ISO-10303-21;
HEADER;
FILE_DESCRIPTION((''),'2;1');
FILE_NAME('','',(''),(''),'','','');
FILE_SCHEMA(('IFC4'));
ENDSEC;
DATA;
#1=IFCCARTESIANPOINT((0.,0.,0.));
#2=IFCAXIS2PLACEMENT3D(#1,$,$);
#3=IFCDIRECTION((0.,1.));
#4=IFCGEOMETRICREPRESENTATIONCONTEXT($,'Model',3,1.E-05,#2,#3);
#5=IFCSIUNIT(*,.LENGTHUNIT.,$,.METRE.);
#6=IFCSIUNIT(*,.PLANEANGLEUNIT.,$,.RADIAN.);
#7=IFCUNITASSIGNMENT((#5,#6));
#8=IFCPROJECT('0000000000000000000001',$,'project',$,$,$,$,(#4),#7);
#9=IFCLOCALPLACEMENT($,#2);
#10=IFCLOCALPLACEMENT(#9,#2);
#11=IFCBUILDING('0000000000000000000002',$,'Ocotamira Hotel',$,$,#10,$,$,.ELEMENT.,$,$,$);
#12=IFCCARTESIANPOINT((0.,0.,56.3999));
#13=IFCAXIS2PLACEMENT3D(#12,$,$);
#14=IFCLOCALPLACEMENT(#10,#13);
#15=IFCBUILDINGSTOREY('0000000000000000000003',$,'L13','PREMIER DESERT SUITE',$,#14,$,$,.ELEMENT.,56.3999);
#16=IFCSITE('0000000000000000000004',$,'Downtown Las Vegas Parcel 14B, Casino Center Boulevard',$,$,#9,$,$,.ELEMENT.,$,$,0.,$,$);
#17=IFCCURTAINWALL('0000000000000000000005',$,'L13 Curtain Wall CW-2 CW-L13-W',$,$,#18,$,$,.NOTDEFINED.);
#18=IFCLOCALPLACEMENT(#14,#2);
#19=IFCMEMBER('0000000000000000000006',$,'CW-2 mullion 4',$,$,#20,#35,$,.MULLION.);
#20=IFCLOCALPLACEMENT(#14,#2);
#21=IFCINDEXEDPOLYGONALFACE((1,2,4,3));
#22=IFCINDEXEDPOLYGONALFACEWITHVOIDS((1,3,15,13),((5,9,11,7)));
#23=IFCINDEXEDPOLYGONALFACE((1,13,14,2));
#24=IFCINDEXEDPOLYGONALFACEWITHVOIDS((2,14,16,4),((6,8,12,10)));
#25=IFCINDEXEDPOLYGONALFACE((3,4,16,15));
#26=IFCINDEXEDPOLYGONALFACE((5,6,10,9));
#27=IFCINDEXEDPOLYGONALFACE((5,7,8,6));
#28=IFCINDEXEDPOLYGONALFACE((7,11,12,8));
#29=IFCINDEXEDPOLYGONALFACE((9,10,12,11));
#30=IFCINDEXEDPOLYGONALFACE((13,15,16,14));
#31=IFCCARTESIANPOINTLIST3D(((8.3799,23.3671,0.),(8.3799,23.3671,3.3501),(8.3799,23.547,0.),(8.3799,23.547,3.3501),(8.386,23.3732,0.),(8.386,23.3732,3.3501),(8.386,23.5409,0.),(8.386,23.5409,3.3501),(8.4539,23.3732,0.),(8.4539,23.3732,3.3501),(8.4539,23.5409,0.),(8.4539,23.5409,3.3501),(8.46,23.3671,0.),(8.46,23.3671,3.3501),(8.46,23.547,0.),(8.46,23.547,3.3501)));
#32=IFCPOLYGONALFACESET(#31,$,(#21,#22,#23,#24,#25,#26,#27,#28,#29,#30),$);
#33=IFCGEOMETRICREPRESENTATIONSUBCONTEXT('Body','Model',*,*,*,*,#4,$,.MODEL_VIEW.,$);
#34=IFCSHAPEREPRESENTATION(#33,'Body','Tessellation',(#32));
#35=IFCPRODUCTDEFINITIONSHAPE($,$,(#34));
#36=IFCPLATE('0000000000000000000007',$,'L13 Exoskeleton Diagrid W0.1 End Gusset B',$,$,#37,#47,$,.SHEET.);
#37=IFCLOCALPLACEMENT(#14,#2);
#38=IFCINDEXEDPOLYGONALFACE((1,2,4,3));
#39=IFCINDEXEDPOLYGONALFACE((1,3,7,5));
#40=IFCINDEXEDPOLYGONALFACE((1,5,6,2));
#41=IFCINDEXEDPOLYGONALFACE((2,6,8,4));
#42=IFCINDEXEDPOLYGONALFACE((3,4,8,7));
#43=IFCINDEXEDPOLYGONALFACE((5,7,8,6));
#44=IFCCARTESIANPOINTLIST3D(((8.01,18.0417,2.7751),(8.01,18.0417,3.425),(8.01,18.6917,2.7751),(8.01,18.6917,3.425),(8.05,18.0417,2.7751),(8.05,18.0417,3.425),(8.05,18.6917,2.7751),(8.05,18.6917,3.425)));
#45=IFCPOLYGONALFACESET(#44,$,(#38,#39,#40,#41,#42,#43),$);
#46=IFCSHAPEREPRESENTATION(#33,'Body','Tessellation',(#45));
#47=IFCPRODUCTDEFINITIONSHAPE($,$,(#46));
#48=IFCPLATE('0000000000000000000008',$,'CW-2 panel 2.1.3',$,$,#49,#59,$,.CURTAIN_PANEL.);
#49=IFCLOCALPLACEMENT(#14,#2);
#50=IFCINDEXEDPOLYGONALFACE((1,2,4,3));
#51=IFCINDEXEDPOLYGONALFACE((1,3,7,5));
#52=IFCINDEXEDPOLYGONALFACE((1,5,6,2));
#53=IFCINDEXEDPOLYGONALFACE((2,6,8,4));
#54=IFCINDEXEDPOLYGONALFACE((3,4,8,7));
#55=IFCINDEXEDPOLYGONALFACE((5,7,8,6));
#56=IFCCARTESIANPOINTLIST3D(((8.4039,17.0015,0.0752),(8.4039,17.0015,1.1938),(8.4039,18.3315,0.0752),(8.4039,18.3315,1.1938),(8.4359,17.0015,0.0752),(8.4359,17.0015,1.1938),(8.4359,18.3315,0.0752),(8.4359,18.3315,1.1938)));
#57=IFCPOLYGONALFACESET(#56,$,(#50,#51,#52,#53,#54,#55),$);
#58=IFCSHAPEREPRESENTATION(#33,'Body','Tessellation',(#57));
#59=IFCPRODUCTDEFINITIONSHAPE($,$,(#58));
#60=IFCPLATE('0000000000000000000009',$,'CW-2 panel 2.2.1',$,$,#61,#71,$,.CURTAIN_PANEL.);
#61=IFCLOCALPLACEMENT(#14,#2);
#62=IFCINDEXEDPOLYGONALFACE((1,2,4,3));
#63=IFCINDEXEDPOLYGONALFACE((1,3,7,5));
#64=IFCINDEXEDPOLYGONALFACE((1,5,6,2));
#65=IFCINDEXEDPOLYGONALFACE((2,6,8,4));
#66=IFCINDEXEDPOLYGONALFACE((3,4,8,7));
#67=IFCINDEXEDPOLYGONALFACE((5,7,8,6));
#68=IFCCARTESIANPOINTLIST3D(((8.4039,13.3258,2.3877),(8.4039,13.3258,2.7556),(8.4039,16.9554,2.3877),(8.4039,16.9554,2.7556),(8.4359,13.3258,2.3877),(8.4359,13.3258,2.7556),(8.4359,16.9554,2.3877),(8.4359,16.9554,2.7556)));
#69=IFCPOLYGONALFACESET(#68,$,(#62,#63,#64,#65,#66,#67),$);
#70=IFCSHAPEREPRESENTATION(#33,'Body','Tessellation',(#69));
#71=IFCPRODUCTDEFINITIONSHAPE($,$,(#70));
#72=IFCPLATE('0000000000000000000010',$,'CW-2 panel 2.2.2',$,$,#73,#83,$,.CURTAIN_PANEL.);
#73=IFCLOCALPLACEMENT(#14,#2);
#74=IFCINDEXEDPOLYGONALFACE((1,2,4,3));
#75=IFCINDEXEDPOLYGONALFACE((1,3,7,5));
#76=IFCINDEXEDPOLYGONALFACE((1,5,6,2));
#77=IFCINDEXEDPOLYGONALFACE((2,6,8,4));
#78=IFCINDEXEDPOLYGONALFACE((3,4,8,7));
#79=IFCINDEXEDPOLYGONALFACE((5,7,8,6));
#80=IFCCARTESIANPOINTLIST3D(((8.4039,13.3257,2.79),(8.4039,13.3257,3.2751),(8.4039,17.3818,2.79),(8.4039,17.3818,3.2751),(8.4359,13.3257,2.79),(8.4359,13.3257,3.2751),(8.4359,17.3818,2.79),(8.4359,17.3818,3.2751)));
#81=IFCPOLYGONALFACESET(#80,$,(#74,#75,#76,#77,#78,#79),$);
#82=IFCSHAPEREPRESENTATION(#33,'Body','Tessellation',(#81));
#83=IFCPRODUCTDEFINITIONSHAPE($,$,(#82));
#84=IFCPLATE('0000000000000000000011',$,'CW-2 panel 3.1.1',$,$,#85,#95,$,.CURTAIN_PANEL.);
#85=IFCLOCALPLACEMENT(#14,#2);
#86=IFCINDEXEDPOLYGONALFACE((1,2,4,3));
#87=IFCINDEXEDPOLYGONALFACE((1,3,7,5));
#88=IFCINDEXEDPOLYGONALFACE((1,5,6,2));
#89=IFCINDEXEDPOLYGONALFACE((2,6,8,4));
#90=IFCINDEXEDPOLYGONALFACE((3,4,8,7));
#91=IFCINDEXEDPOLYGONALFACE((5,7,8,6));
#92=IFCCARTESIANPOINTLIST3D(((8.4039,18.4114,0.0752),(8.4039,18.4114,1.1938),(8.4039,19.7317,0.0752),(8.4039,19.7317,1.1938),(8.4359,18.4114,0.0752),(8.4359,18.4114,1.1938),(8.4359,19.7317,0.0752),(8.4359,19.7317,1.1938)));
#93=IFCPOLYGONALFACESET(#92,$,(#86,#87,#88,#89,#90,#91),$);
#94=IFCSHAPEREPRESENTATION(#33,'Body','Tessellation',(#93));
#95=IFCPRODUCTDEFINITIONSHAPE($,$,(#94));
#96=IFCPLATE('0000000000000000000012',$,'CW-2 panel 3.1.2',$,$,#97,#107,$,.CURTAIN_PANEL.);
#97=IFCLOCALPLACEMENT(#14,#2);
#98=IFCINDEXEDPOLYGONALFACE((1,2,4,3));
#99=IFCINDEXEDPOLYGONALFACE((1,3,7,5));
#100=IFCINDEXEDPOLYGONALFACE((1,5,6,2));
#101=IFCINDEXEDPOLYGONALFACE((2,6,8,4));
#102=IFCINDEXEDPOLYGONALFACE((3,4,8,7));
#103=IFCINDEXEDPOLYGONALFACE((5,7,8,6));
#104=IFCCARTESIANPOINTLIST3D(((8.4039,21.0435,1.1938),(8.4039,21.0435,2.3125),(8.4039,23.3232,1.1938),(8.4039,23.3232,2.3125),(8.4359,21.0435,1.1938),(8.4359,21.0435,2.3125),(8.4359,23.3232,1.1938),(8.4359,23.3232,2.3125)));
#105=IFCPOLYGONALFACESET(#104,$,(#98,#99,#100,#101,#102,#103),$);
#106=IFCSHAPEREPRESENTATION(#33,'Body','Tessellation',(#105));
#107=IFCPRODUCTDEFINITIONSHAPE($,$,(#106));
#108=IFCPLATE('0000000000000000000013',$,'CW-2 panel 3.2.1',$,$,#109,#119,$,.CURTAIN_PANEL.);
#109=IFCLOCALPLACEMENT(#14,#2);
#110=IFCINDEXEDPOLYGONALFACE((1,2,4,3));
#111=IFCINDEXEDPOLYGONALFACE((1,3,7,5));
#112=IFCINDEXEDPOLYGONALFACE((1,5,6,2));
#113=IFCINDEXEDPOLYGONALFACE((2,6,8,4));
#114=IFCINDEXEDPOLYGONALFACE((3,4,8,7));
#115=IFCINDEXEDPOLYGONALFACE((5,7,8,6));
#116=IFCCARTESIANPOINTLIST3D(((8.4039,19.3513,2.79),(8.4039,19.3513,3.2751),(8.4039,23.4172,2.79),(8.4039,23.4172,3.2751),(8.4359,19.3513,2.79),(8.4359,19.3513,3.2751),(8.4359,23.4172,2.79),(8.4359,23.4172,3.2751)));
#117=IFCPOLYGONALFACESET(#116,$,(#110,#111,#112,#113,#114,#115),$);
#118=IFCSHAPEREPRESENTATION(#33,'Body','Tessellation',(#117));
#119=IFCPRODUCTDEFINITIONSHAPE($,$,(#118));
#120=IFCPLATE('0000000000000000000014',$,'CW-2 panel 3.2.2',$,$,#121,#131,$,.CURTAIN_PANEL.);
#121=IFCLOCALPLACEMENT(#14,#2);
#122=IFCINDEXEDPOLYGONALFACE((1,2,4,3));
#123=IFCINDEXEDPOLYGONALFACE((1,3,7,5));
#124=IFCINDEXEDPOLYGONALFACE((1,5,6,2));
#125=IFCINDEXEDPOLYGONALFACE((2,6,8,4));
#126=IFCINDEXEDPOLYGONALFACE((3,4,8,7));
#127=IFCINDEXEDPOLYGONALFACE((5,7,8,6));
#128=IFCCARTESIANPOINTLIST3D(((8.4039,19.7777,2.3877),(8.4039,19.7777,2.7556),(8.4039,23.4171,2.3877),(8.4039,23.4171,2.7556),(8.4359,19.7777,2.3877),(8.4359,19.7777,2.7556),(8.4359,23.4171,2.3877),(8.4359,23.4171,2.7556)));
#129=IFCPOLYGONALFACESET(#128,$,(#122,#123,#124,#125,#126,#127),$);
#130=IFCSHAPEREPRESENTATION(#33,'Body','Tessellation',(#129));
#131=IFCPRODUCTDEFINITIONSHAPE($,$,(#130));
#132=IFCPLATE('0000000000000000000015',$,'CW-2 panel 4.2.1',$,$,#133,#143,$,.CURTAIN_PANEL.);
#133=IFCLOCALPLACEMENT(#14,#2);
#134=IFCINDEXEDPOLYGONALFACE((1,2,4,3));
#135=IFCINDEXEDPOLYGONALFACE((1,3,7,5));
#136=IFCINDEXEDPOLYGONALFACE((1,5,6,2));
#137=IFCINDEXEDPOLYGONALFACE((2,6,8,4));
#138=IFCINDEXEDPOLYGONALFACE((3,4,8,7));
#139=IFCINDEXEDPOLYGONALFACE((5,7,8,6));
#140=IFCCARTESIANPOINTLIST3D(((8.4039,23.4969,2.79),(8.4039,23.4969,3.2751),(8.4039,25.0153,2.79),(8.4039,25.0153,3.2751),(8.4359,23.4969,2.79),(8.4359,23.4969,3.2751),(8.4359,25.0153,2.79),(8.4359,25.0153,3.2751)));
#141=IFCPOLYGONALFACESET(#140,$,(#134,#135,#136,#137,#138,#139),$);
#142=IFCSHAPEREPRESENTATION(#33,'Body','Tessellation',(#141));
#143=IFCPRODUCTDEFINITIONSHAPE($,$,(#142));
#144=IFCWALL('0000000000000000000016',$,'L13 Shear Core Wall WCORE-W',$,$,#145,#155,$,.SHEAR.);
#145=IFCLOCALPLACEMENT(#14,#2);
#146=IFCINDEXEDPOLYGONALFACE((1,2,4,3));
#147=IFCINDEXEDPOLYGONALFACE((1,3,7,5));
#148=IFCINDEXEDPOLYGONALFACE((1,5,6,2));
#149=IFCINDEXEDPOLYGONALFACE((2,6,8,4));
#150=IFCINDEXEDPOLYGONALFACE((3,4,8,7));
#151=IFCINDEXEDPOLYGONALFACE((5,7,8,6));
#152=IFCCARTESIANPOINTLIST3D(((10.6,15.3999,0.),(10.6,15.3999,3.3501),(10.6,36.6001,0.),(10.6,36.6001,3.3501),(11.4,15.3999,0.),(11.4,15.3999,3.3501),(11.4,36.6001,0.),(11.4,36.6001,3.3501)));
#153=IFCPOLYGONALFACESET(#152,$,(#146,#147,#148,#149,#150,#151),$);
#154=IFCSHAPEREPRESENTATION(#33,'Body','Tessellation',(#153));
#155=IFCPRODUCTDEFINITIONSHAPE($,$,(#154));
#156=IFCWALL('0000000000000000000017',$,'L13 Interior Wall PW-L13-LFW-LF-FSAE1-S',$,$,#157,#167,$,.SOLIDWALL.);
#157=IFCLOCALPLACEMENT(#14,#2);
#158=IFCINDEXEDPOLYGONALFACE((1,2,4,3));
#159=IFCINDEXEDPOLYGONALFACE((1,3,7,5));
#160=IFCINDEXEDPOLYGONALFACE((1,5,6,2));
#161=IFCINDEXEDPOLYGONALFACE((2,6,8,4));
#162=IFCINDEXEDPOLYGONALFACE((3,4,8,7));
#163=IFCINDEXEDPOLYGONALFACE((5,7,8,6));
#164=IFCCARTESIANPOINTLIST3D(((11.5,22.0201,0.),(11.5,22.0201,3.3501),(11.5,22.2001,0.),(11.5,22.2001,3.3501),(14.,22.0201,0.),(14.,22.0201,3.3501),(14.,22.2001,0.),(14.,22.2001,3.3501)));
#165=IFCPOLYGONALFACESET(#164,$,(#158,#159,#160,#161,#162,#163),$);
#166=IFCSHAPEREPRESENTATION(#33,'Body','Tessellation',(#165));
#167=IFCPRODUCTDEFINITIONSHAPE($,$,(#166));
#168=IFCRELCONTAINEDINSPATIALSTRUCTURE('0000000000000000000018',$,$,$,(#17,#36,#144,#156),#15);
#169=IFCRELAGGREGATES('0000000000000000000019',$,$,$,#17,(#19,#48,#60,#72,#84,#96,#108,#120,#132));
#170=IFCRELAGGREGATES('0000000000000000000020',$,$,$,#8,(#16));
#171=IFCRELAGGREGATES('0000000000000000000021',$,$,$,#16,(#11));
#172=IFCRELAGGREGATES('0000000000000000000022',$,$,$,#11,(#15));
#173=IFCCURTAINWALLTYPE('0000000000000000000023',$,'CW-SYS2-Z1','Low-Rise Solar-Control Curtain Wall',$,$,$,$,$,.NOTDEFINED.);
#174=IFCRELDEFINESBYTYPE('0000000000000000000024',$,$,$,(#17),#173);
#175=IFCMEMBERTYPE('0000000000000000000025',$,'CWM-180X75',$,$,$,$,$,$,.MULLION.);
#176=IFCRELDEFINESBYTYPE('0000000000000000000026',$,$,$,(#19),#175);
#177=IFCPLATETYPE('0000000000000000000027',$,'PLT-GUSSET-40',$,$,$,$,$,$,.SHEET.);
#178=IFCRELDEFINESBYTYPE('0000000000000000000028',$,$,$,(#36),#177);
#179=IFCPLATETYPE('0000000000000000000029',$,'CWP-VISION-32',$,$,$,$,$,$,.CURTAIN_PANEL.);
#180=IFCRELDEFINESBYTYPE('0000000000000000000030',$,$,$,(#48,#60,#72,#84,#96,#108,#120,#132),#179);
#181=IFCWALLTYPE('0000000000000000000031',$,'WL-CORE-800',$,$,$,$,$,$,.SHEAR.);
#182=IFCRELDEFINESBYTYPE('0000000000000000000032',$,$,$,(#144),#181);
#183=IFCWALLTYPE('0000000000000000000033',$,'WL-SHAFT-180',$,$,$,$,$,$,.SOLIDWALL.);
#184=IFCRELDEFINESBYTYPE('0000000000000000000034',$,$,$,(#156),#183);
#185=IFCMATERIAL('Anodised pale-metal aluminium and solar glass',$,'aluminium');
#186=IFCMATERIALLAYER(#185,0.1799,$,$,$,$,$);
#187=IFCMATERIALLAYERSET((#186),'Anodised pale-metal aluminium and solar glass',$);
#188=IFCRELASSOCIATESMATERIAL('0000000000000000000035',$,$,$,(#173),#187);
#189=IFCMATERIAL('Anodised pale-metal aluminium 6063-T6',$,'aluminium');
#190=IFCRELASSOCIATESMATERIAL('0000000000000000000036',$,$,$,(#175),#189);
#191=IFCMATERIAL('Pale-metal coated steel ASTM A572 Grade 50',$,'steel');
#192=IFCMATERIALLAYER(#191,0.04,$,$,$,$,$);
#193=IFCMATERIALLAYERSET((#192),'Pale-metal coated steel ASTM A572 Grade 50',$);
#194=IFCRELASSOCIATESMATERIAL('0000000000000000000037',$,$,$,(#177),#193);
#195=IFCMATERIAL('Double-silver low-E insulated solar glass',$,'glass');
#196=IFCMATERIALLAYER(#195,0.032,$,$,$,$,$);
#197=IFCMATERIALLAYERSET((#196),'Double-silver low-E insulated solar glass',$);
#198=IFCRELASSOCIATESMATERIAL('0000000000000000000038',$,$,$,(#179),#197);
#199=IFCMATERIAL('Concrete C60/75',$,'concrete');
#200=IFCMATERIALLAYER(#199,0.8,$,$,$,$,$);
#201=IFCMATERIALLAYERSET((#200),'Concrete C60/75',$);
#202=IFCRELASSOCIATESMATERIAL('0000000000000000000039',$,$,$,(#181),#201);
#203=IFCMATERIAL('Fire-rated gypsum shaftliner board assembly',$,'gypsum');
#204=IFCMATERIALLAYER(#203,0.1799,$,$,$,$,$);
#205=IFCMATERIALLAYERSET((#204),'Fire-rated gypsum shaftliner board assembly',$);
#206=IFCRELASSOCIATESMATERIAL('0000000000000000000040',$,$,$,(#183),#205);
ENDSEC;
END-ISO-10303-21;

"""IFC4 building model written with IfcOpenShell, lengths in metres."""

from ifc_helpers import new_model, si_unit, direction, frame, frame_2d, origin, origin_2d, place, context, subcontext, project, spatial, rectangle, hollow_rectangle, extrude, source, transform, mapped, material, layer, layer_set, material_profile, profile_set, type_object, element, aggregate, save


model = new_model("IFC4")

# Units and contexts
model_context = context("Model", 3, precision=1e-05, world=origin(), true_north=direction((0.0, 1.0)))
body_context = subcontext(model_context, "Body", "Model", "MODEL_VIEW")
ifc_project = project(units=[si_unit("LENGTHUNIT", "METRE"), si_unit("PLANEANGLEUNIT", "RADIAN")], contexts=[model_context])

# Site, building, storey
site_placement = place(None, origin())
site = spatial("IfcSite", under=ifc_project, at=site_placement, Name="Downtown Las Vegas Parcel 14B, Casino Center Boulevard", CompositionType="ELEMENT", RefElevation=0.0)
building_placement = place(site_placement, origin())
building = spatial("IfcBuilding", under=site, at=building_placement, Name="Ocotamira Hotel", CompositionType="ELEMENT")
storey_placement = place(building_placement, frame((0.0, 0.0, 56.3999)))
storey = spatial("IfcBuildingStorey", under=building, at=storey_placement, Name="L13", Description="PREMIER DESERT SUITE", CompositionType="ELEMENT", Elevation=56.3999)

# Shared definitions
ifc_material_1 = material(Name="Concrete C60/75", Category="concrete")

# Curtain wall, member
ifc_material_2 = material(Name="Anodised pale-metal aluminium and solar glass", Category="aluminium")
ifc_layer_1 = layer(ifc_material_2, 0.1799)
ifc_layer_set_1 = layer_set([ifc_layer_1], Name="Anodised pale-metal aluminium and solar glass")
curtain_wall_type = type_object("IfcCurtainWallType", Name="CW-SYS2-Z1", Description="Low-Rise Solar-Control Curtain Wall", PredefinedType="NOTDEFINED", material=ifc_layer_set_1)
curtain_wall_placement = place(storey_placement, origin())
curtain_wall = element("IfcCurtainWall", 1, at=curtain_wall_placement, inside=storey, type_object=curtain_wall_type, Name="L13 Curtain Wall CW-2 CW-L13-W", PredefinedType="NOTDEFINED")
ifc_material_3 = material(Name="Anodised pale-metal aluminium 6063-T6", Category="aluminium")
ifc_material_profile_1 = material_profile(ifc_material_3, hollow_rectangle(XDim=0.0801, YDim=0.1799, WallThickness=0.0061, at=origin_2d()), Name="HSS180X80X6")
ifc_profile_set_1 = profile_set([ifc_material_profile_1], Name="Anodised pale-metal aluminium 6063-T6")
member_type_1 = type_object("IfcMemberType", Name="CWM-180X75", PredefinedType="MULLION", material=ifc_profile_set_1)
shared_shape_1 = source(origin(), body_context, "Body", "SweptSolid", [
    extrude(hollow_rectangle(XDim=0.0801, YDim=0.1799, WallThickness=0.0061, at=origin_2d()), origin(), (0.0, 0.0, 1.0), 3.3501),
])
member_1_placement = place(storey_placement, frame((8.4199, 23.457, 0.0), z_axis=(0.0, 0.0, 1.0), x_axis=(-1.0, 0.0, 0.0)))
member_1 = element("IfcMember", 2, at=member_1_placement, type_object=member_type_1, Name="CW-2 mullion 4", PredefinedType="MULLION", context=body_context, shape_type="MappedRepresentation", body=[
    mapped(shared_shape_1, transform((0.0, 0.0, 0.0), scale=1.0)),
])

# Plates
ifc_material_4 = material(Name="Pale-metal coated steel ASTM A572 Grade 50", Category="steel")
ifc_layer_2 = layer(ifc_material_4, 0.04)
ifc_layer_set_2 = layer_set([ifc_layer_2], Name="Pale-metal coated steel ASTM A572 Grade 50")
plate_type_1 = type_object("IfcPlateType", Name="PLT-GUSSET-40", PredefinedType="SHEET", material=ifc_layer_set_2)
shared_shape_2 = source(origin(), body_context, "Body", "SweptSolid", [
    extrude(rectangle(XDim=0.04, YDim=0.6499, at=origin_2d()), origin(), (0.0, 0.0, 1.0), 0.6499),
])
plate_1_placement = place(storey_placement, frame((8.03, 18.3667, 2.7751), z_axis=(0.0, 0.0, 1.0), x_axis=(1.0, 0.0, 0.0)))
element("IfcPlate", 3, at=plate_1_placement, inside=storey, type_object=plate_type_1, Name="L13 Exoskeleton Diagrid W0.1 End Gusset B", PredefinedType="SHEET", context=body_context, shape_type="MappedRepresentation", body=[
    mapped(shared_shape_2, transform((0.0, 0.0, 0.0), scale=1.0)),
])
ifc_material_5 = material(Name="Double-silver low-E insulated solar glass", Category="glass")
ifc_layer_3 = layer(ifc_material_5, 0.032)
ifc_layer_set_3 = layer_set([ifc_layer_3], Name="Double-silver low-E insulated solar glass")
plate_type_2 = type_object("IfcPlateType", Name="CWP-VISION-32", PredefinedType="CURTAIN_PANEL", material=ifc_layer_set_3)
shared_shape_3 = source(origin(), body_context, "Body", "SweptSolid", [
    extrude(rectangle(XDim=1.3301, YDim=0.032, at=origin_2d()), origin(), (0.0, 0.0, 1.0), 1.1187),
])
plate_2_placement = place(storey_placement, frame((8.4199, 17.6665, 0.0752), z_axis=(0.0, 0.0, 1.0), x_axis=(0.0, 1.0, 0.0)))
plate_2 = element("IfcPlate", 4, at=plate_2_placement, type_object=plate_type_2, Name="CW-2 panel 2.1.3", PredefinedType="CURTAIN_PANEL", context=body_context, shape_type="MappedRepresentation", body=[
    mapped(shared_shape_3, transform((0.0, 0.0, 0.0), scale=1.0)),
])
shared_shape_4 = source(origin(), body_context, "Body", "SweptSolid", [
    extrude(rectangle(XDim=3.6296, YDim=0.032, at=origin_2d()), origin(), (0.0, 0.0, 1.0), 0.3679),
])
plate_3_placement = place(storey_placement, frame((8.4199, 15.1406, 2.3877), z_axis=(0.0, 0.0, 1.0), x_axis=(0.0, 1.0, 0.0)))
plate_3 = element("IfcPlate", 5, at=plate_3_placement, type_object=plate_type_2, Name="CW-2 panel 2.2.1", PredefinedType="CURTAIN_PANEL", context=body_context, shape_type="MappedRepresentation", body=[
    mapped(shared_shape_4, transform((0.0, 0.0, 0.0), scale=1.0)),
])
shared_shape_5 = source(origin(), body_context, "Body", "SweptSolid", [
    extrude(rectangle(XDim=4.0562, YDim=0.032, at=origin_2d()), origin(), (0.0, 0.0, 1.0), 0.4851),
])
plate_4_placement = place(storey_placement, frame((8.4199, 15.3538, 2.79), z_axis=(0.0, 0.0, 1.0), x_axis=(0.0, 1.0, 0.0)))
plate_4 = element("IfcPlate", 6, at=plate_4_placement, type_object=plate_type_2, Name="CW-2 panel 2.2.2", PredefinedType="CURTAIN_PANEL", context=body_context, shape_type="MappedRepresentation", body=[
    mapped(shared_shape_5, transform((0.0, 0.0, 0.0), scale=1.0)),
])
shared_shape_6 = source(origin(), body_context, "Body", "SweptSolid", [
    extrude(rectangle(XDim=1.3203, YDim=0.032, at=origin_2d()), origin(), (0.0, 0.0, 1.0), 1.1187),
])
plate_5_placement = place(storey_placement, frame((8.4199, 19.0715, 0.0752), z_axis=(0.0, 0.0, 1.0), x_axis=(0.0, 1.0, 0.0)))
plate_5 = element("IfcPlate", 7, at=plate_5_placement, type_object=plate_type_2, Name="CW-2 panel 3.1.1", PredefinedType="CURTAIN_PANEL", context=body_context, shape_type="MappedRepresentation", body=[
    mapped(shared_shape_6, transform((0.0, 0.0, 0.0), scale=1.0)),
])
shared_shape_7 = source(origin(), body_context, "Body", "SweptSolid", [
    extrude(rectangle(XDim=2.2798, YDim=0.032, at=origin_2d()), origin(), (0.0, 0.0, 1.0), 1.1187),
])
plate_6_placement = place(storey_placement, frame((8.4199, 22.1833, 1.1938), z_axis=(0.0, 0.0, 1.0), x_axis=(0.0, 1.0, 0.0)))
plate_6 = element("IfcPlate", 8, at=plate_6_placement, type_object=plate_type_2, Name="CW-2 panel 3.1.2", PredefinedType="CURTAIN_PANEL", context=body_context, shape_type="MappedRepresentation", body=[
    mapped(shared_shape_7, transform((0.0, 0.0, 0.0), scale=1.0)),
])
shared_shape_8 = source(origin(), body_context, "Body", "SweptSolid", [
    extrude(rectangle(XDim=4.0659, YDim=0.032, at=origin_2d()), origin(), (0.0, 0.0, 1.0), 0.4851),
])
plate_7_placement = place(storey_placement, frame((8.4199, 21.3843, 2.79), z_axis=(0.0, 0.0, 1.0), x_axis=(0.0, 1.0, 0.0)))
plate_7 = element("IfcPlate", 9, at=plate_7_placement, type_object=plate_type_2, Name="CW-2 panel 3.2.1", PredefinedType="CURTAIN_PANEL", context=body_context, shape_type="MappedRepresentation", body=[
    mapped(shared_shape_8, transform((0.0, 0.0, 0.0), scale=1.0)),
])
shared_shape_9 = source(origin(), body_context, "Body", "SweptSolid", [
    extrude(rectangle(XDim=3.6394, YDim=0.032, at=origin_2d()), origin(), (0.0, 0.0, 1.0), 0.3679),
])
plate_8_placement = place(storey_placement, frame((8.4199, 21.5974, 2.3877), z_axis=(0.0, 0.0, 1.0), x_axis=(0.0, 1.0, 0.0)))
plate_8 = element("IfcPlate", 10, at=plate_8_placement, type_object=plate_type_2, Name="CW-2 panel 3.2.2", PredefinedType="CURTAIN_PANEL", context=body_context, shape_type="MappedRepresentation", body=[
    mapped(shared_shape_9, transform((0.0, 0.0, 0.0), scale=1.0)),
])
shared_shape_10 = source(origin(), body_context, "Body", "SweptSolid", [
    extrude(rectangle(XDim=1.5183, YDim=0.032, at=origin_2d()), origin(), (0.0, 0.0, 1.0), 0.4851),
])
plate_9_placement = place(storey_placement, frame((8.4199, 24.2561, 2.79), z_axis=(0.0, 0.0, 1.0), x_axis=(0.0, 1.0, 0.0)))
plate_9 = element("IfcPlate", 11, at=plate_9_placement, type_object=plate_type_2, Name="CW-2 panel 4.2.1", PredefinedType="CURTAIN_PANEL", context=body_context, shape_type="MappedRepresentation", body=[
    mapped(shared_shape_10, transform((0.0, 0.0, 0.0), scale=1.0)),
])
aggregate(curtain_wall, [member_1, plate_2, plate_3, plate_4, plate_5, plate_6, plate_7, plate_8, plate_9])

# Shared definitions
ifc_layer_4 = layer(ifc_material_1, 0.8)
ifc_layer_set_4 = layer_set([ifc_layer_4], Name="Concrete C60/75")
wall_type_1 = type_object("IfcWallType", Name="WL-CORE-800", PredefinedType="SHEAR", material=ifc_layer_set_4)

# Walls
wall_1_placement = place(storey_placement, frame((11.0, 15.3999, 0.0), z_axis=(0.0, 0.0, 1.0), x_axis=(0.0, 1.0, 0.0)))
element("IfcWall", 12, at=wall_1_placement, inside=storey, type_object=wall_type_1, Name="L13 Shear Core Wall WCORE-W", PredefinedType="SHEAR", context=body_context, shape_type="SweptSolid", body=[
    extrude(rectangle(XDim=21.2002, YDim=0.8, at=frame_2d((10.6001, 0.0))), origin(), (0.0, 0.0, 1.0), 3.3501),
])
ifc_material_6 = material(Name="Fire-rated gypsum shaftliner board assembly", Category="gypsum")
ifc_layer_5 = layer(ifc_material_6, 0.1799)
ifc_layer_set_5 = layer_set([ifc_layer_5], Name="Fire-rated gypsum shaftliner board assembly")
wall_type_2 = type_object("IfcWallType", Name="WL-SHAFT-180", PredefinedType="SOLIDWALL", material=ifc_layer_set_5)
wall_2_placement = place(storey_placement, frame((11.5, 22.1101, 0.0), z_axis=(0.0, 0.0, 1.0), x_axis=(1.0, 0.0, 0.0)))
element("IfcWall", 13, at=wall_2_placement, inside=storey, type_object=wall_type_2, Name="L13 Interior Wall PW-L13-LFW-LF-FSAE1-S", PredefinedType="SOLIDWALL", context=body_context, shape_type="SweptSolid", body=[
    extrude(rectangle(XDim=2.5, YDim=0.1799, at=frame_2d((1.25, 0.0))), origin(), (0.0, 0.0, 1.0), 3.3501),
])

save(model, "model.ifc")
